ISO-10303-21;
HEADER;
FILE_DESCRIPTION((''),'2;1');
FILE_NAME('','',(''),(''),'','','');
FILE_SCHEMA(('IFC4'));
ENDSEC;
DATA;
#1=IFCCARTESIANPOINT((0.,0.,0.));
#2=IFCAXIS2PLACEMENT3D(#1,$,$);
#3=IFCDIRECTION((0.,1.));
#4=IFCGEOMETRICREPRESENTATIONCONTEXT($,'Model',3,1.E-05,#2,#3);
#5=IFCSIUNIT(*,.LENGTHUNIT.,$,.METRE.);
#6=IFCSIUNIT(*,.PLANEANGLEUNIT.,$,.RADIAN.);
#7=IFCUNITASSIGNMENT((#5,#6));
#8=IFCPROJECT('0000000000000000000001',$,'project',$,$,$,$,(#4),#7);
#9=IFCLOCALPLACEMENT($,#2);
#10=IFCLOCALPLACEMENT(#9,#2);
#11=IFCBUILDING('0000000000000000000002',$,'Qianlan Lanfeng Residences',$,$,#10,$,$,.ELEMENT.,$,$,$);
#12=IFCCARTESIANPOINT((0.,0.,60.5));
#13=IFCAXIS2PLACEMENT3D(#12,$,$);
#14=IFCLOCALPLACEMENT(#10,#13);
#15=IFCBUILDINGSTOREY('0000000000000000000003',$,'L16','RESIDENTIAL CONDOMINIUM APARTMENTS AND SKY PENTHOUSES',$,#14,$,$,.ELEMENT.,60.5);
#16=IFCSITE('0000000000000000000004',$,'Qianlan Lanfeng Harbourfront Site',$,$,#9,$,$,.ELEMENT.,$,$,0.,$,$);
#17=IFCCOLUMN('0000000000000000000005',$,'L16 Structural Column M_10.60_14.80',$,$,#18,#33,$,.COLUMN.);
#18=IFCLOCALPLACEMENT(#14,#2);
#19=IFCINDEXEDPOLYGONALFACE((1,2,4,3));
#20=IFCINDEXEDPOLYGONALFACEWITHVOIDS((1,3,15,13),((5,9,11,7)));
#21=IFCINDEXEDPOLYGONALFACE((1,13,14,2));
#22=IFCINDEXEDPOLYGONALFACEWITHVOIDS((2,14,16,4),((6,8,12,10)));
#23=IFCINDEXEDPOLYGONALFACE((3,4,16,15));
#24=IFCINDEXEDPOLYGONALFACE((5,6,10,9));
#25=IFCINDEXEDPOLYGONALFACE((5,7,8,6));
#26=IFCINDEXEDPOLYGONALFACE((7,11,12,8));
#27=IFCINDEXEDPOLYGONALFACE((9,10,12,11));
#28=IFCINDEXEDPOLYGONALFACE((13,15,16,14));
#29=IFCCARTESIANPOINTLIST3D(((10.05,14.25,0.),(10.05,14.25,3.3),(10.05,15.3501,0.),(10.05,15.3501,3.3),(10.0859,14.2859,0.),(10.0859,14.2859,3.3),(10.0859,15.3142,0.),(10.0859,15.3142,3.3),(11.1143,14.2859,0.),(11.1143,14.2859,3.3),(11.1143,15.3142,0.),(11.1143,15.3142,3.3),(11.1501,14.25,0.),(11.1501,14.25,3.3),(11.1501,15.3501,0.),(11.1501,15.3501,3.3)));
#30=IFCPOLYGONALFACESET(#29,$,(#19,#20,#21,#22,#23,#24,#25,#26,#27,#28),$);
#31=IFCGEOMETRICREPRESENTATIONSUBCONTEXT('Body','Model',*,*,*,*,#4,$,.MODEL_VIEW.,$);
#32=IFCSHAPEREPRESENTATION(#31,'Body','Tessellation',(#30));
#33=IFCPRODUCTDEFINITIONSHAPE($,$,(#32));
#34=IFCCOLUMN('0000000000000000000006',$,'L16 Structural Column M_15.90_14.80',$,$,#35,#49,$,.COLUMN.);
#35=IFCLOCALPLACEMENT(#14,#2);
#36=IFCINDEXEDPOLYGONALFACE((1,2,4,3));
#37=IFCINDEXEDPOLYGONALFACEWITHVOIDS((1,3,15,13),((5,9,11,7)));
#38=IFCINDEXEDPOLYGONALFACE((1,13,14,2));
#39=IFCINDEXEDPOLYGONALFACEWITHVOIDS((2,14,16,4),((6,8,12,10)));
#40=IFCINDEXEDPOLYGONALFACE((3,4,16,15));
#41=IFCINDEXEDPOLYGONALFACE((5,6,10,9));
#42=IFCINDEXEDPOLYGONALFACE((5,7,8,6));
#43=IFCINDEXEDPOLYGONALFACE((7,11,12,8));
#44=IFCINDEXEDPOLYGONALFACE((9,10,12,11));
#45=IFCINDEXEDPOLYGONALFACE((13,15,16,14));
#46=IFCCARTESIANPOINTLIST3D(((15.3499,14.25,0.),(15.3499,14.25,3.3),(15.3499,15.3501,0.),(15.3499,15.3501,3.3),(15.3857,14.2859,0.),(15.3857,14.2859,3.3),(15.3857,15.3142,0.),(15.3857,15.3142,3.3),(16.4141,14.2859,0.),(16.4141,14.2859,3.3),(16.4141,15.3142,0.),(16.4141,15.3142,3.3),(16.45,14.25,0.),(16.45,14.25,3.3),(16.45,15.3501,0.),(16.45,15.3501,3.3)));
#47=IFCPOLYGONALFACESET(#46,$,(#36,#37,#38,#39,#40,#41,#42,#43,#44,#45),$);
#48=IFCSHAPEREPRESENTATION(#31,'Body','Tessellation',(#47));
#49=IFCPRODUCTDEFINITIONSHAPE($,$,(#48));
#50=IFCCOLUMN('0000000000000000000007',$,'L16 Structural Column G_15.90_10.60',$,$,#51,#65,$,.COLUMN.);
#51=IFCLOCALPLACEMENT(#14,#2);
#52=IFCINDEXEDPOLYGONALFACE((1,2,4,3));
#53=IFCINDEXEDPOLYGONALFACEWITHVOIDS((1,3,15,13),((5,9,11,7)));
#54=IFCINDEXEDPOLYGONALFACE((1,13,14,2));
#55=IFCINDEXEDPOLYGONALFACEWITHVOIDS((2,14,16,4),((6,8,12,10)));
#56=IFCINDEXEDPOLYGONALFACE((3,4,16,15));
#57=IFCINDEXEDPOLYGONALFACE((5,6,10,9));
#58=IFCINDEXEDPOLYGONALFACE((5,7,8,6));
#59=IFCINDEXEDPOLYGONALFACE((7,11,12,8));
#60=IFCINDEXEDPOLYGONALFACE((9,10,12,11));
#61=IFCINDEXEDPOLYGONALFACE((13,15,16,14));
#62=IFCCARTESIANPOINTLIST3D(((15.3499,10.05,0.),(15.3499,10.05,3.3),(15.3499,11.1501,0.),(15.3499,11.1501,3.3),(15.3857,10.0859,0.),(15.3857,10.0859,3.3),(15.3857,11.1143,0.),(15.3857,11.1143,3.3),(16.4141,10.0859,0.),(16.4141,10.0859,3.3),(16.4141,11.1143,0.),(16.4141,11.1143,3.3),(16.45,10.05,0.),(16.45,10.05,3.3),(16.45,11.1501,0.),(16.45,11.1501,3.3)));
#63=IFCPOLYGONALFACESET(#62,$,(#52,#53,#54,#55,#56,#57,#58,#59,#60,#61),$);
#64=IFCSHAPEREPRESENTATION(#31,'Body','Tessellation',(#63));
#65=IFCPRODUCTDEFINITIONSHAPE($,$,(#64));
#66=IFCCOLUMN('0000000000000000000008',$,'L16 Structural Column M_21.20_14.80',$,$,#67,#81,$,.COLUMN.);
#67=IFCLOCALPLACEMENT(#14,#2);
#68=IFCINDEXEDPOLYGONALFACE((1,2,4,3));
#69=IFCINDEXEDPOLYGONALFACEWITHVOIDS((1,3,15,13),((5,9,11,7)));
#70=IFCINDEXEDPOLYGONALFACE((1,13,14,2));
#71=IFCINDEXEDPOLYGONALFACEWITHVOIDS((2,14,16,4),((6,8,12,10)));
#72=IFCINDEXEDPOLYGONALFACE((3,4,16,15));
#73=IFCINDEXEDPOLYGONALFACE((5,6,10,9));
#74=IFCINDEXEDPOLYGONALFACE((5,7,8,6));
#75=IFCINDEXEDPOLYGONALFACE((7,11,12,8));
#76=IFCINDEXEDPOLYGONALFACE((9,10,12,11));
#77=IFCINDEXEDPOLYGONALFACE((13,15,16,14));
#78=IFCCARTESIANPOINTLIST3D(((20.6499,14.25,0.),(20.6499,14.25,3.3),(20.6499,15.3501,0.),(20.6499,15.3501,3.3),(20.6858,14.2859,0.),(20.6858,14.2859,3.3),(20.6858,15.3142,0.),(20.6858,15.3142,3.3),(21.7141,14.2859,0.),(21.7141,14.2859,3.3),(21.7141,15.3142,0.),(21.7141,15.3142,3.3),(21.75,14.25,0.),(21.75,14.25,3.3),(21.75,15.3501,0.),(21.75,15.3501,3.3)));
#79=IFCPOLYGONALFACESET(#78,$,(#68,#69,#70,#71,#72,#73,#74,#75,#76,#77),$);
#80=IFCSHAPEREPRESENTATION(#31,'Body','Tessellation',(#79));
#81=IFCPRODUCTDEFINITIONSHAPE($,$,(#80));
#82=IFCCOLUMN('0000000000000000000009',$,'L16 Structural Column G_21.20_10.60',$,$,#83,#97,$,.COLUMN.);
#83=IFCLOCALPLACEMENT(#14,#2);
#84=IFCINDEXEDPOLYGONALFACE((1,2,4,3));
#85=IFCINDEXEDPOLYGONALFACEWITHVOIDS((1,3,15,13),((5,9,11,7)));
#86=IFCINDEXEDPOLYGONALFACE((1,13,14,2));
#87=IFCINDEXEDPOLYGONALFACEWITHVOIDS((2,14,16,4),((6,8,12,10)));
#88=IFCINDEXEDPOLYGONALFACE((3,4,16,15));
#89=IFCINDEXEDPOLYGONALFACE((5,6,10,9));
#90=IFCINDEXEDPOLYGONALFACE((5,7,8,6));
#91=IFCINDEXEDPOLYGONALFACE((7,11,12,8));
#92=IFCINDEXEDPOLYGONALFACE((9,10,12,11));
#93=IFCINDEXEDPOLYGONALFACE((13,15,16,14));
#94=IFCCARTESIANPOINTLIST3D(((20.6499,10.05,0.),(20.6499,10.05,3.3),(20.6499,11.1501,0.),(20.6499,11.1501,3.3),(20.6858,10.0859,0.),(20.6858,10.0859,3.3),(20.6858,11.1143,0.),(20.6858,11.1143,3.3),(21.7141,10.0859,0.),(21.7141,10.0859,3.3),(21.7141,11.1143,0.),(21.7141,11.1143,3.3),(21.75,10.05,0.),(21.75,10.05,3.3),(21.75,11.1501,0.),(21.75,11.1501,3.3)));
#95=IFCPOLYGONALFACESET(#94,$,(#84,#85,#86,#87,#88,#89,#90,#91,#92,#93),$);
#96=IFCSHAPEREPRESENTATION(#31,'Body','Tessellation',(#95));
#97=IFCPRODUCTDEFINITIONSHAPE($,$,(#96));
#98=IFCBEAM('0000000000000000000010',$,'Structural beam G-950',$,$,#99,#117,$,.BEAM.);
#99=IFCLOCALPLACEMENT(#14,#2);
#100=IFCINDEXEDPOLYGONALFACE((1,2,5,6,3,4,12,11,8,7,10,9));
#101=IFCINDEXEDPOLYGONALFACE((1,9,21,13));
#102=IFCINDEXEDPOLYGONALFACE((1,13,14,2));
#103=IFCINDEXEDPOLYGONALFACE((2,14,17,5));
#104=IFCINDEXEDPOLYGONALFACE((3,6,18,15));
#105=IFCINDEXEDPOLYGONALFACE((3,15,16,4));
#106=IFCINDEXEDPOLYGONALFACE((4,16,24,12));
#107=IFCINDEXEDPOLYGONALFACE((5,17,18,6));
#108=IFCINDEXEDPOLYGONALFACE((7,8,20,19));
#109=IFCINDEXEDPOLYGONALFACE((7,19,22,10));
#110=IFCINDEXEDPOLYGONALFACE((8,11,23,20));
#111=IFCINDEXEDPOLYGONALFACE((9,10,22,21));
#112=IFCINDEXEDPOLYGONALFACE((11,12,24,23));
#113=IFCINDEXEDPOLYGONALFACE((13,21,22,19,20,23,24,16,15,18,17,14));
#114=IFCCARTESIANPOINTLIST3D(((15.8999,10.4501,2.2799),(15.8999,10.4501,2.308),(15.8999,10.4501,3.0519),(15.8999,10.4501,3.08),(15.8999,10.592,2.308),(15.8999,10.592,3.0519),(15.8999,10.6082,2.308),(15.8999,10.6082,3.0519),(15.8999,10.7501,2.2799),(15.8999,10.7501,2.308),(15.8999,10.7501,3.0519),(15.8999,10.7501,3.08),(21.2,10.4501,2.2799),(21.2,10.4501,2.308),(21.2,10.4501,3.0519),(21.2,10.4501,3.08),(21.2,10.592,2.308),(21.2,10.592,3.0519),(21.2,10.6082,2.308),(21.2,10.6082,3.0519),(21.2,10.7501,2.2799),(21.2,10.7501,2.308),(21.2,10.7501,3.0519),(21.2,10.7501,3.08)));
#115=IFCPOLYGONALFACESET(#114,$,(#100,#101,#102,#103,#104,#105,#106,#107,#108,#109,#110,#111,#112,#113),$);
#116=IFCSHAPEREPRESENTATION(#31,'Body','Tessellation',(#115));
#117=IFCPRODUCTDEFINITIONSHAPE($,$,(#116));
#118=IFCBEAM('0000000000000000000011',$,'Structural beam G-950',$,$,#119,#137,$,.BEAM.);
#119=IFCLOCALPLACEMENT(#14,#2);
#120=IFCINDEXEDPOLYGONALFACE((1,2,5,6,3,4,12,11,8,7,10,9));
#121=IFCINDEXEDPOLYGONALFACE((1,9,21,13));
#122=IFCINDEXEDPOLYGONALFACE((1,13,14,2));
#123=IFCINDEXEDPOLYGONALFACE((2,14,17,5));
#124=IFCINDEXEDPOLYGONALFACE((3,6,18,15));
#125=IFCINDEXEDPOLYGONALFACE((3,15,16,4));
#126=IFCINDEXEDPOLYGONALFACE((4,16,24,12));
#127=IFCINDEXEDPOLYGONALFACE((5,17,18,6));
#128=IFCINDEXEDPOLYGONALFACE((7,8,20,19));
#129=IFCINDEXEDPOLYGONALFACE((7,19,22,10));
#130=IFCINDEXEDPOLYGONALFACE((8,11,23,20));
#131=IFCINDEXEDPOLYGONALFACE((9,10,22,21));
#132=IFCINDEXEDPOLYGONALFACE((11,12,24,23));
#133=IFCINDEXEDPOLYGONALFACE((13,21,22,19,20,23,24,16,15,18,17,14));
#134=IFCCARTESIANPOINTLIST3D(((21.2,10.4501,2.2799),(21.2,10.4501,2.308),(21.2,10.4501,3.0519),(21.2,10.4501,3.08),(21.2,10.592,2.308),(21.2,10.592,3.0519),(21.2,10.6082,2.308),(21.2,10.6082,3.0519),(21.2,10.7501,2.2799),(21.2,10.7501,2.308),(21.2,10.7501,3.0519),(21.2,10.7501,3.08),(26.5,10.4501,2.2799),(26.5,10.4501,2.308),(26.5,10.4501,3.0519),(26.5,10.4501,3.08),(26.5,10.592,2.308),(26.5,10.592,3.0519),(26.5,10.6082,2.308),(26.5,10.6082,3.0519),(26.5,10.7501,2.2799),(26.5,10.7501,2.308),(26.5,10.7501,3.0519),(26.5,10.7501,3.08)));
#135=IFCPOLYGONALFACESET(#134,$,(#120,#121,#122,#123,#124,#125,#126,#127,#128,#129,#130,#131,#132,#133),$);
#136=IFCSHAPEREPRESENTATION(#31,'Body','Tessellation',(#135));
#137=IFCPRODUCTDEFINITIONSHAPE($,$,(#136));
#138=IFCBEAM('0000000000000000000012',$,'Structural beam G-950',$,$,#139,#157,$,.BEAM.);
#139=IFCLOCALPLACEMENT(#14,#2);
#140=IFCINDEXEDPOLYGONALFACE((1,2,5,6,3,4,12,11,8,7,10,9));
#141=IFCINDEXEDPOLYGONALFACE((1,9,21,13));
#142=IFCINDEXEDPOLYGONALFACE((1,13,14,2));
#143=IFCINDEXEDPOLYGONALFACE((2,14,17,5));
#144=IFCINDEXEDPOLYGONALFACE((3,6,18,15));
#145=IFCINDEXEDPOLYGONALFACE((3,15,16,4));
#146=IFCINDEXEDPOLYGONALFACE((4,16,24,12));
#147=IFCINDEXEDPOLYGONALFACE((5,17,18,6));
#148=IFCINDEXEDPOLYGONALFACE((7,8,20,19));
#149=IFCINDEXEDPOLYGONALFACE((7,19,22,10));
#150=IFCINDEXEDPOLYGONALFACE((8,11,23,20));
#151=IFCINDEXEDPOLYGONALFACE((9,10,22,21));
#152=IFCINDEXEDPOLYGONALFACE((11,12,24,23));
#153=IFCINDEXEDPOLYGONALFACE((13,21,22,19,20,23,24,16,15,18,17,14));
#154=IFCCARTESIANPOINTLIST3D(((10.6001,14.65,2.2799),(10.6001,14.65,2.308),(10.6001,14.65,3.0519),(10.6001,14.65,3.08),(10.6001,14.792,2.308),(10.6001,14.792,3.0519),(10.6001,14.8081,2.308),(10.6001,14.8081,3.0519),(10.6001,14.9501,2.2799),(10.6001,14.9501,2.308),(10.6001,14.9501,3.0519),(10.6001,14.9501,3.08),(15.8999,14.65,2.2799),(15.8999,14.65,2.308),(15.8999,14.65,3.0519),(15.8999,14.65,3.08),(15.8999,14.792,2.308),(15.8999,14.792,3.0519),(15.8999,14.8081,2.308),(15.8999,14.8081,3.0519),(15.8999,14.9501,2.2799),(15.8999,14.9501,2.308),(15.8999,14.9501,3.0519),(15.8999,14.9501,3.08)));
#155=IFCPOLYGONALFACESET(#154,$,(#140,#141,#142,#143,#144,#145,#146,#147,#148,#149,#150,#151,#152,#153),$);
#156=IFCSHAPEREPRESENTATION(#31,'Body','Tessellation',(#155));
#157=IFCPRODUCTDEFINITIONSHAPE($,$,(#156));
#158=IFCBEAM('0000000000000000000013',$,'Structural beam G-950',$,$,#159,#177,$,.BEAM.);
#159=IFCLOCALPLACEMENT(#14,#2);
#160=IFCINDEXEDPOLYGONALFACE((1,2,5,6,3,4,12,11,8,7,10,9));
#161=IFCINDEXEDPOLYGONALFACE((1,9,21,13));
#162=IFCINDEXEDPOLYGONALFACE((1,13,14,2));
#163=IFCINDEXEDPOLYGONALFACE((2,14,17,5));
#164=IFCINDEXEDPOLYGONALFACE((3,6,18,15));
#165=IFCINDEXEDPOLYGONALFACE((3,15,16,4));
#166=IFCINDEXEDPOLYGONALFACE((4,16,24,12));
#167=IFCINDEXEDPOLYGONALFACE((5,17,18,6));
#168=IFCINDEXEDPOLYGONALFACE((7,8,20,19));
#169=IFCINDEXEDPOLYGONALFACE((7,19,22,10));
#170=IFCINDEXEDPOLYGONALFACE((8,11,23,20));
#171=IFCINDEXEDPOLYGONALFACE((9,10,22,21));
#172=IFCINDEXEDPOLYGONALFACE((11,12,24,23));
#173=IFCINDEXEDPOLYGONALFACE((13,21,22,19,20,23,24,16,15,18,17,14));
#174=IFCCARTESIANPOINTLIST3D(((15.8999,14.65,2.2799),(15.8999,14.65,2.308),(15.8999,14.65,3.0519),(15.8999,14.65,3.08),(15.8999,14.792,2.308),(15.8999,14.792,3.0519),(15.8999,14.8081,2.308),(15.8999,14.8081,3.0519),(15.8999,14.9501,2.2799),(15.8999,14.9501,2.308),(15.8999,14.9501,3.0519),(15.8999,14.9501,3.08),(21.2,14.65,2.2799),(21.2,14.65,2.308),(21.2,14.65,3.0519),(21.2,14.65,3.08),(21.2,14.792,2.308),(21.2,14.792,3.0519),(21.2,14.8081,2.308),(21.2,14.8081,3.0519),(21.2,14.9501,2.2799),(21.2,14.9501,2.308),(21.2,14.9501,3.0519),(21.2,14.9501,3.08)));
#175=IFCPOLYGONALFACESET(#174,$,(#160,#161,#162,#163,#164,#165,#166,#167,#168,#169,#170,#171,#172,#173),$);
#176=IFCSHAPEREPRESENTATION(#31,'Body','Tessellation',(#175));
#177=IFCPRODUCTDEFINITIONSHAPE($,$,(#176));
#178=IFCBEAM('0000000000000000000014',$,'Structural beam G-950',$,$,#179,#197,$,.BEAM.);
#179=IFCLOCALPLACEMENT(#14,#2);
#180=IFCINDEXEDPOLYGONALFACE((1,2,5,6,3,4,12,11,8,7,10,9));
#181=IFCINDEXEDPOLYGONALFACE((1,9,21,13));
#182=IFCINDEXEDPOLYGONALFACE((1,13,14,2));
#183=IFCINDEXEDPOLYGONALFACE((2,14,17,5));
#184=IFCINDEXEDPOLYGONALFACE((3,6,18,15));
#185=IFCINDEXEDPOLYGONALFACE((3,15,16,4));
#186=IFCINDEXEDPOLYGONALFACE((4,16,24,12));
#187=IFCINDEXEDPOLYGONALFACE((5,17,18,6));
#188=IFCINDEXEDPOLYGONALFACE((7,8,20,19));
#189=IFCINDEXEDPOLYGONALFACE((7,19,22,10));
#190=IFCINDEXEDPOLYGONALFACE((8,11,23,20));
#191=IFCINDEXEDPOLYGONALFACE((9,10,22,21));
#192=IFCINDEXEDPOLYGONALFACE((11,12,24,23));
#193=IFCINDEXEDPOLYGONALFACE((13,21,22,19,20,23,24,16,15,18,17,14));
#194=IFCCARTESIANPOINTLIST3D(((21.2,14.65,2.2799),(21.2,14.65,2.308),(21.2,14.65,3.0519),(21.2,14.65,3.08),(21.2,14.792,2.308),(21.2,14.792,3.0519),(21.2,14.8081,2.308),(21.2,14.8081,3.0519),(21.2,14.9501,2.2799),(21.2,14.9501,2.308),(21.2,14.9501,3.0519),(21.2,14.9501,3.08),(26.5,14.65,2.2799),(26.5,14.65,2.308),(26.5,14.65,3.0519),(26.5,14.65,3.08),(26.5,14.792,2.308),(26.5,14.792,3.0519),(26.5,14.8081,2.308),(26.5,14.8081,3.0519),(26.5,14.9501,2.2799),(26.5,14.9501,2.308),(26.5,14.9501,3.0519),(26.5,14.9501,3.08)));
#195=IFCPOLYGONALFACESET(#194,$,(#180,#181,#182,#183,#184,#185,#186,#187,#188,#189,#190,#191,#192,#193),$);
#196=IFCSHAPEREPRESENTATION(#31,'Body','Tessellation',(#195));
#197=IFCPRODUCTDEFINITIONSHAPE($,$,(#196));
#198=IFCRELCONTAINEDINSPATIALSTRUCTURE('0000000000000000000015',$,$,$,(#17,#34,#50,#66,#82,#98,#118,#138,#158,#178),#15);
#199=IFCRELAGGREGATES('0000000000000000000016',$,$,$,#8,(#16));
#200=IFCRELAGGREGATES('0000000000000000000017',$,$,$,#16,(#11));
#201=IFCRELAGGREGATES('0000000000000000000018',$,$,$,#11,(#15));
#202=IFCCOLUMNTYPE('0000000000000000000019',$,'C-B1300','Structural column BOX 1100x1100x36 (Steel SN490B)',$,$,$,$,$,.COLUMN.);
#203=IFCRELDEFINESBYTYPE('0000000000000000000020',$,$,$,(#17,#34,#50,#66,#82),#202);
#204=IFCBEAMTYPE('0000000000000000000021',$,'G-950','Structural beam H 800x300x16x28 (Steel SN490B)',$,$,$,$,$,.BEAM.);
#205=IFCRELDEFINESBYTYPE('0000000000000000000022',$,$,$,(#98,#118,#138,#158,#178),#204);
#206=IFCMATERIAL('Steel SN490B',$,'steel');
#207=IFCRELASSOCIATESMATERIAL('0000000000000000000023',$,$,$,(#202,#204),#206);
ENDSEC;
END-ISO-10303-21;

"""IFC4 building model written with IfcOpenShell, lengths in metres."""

from ifc_helpers import new_model, si_unit, direction, frame, origin, origin_2d, place, context, subcontext, project, spatial, hollow_rectangle, i_section, extrude, material, material_profile, profile_set, type_object, element, save


model = new_model("IFC4")

# Units and contexts
model_context = context("Model", 3, precision=1e-05, world=origin(), true_north=direction((0.0, 1.0)))
body_context = subcontext(model_context, "Body", "Model", "MODEL_VIEW")
ifc_project = project(units=[si_unit("LENGTHUNIT", "METRE"), si_unit("PLANEANGLEUNIT", "RADIAN")], contexts=[model_context])

# Site, building, storey
site_placement = place(None, origin())
site = spatial("IfcSite", under=ifc_project, at=site_placement, Name="Qianlan Lanfeng Harbourfront Site", CompositionType="ELEMENT", RefElevation=0.0)
building_placement = place(site_placement, origin())
building = spatial("IfcBuilding", under=site, at=building_placement, Name="Qianlan Lanfeng Residences", CompositionType="ELEMENT")
storey_placement = place(building_placement, frame((0.0, 0.0, 60.5)))
storey = spatial("IfcBuildingStorey", under=building, at=storey_placement, Name="L16", Description="RESIDENTIAL CONDOMINIUM APARTMENTS AND SKY PENTHOUSES", CompositionType="ELEMENT", Elevation=60.5)

# Columns
ifc_material_1 = material(Name="Steel SN490B", Category="steel")
ifc_material_profile_1 = material_profile(ifc_material_1, hollow_rectangle(XDim=1.1001, YDim=1.1001, WallThickness=0.0359, at=origin_2d()), Name="BOX 1100x1100x36")
ifc_profile_set_1 = profile_set([ifc_material_profile_1], Name="Steel SN490B")
column_type = type_object("IfcColumnType", Name="C-B1300", Description="Structural column BOX 1100x1100x36 (Steel SN490B)", PredefinedType="COLUMN", material=ifc_profile_set_1)
for number, where, z_axis, x_axis, name in (
    (1, (10.6001, 14.8, 0.0), (0.0, 0.0, 1.0), (1.0, 0.0, 0.0), "L16 Structural Column M_10.60_14.80"),
    (2, (15.8999, 14.8, 0.0), (0.0, 0.0, 1.0), (1.0, 0.0, 0.0), "L16 Structural Column M_15.90_14.80"),
    (3, (15.8999, 10.6001, 0.0), (0.0, 0.0, 1.0), (1.0, 0.0, 0.0), "L16 Structural Column G_15.90_10.60"),
    (4, (21.2, 14.8, 0.0), (0.0, 0.0, 1.0), (1.0, 0.0, 0.0), "L16 Structural Column M_21.20_14.80"),
    (5, (21.2, 10.6001, 0.0), (0.0, 0.0, 1.0), (1.0, 0.0, 0.0), "L16 Structural Column G_21.20_10.60"),
):
    element("IfcColumn", number, at=place(storey_placement, frame(where, z_axis=z_axis, x_axis=x_axis)), inside=storey, type_object=column_type, Name=name, PredefinedType="COLUMN", context=body_context, shape_type="SweptSolid", body=[
        extrude(hollow_rectangle(XDim=1.1001, YDim=1.1001, WallThickness=0.0359, at=origin_2d()), origin(), (0.0, 0.0, 1.0), 3.3),
    ])

# Beams
ifc_material_profile_2 = material_profile(ifc_material_1, i_section(OverallWidth=0.3, OverallDepth=0.8, WebThickness=0.0161, FlangeThickness=0.0281, at=origin_2d()), Name="H 800x300x16x28")
ifc_profile_set_2 = profile_set([ifc_material_profile_2], Name="Steel SN490B")
beam_type_1 = type_object("IfcBeamType", Name="G-950", Description="Structural beam H 800x300x16x28 (Steel SN490B)", PredefinedType="BEAM", material=ifc_profile_set_2)
for number, where, z_axis, x_axis, name in (
    (6, (15.8999, 10.6001, 2.6799), (1.0, 0.0, 0.0), (0.0, 1.0, 0.0), "Structural beam G-950"),
    (7, (21.2, 10.6001, 2.6799), (1.0, 0.0, 0.0), (0.0, 1.0, 0.0), "Structural beam G-950"),
):
    element("IfcBeam", number, at=place(storey_placement, frame(where, z_axis=z_axis, x_axis=x_axis)), inside=storey, type_object=beam_type_1, Name=name, PredefinedType="BEAM", context=body_context, shape_type="SweptSolid", body=[
        extrude(i_section(OverallWidth=0.3, OverallDepth=0.8, WebThickness=0.0161, FlangeThickness=0.0281, at=origin_2d()), origin(), (0.0, 0.0, 1.0), 5.3),
    ])
beam_1_placement = place(storey_placement, frame((10.6001, 14.8, 2.6799), z_axis=(1.0, 0.0, 0.0), x_axis=(0.0, 1.0, 0.0)))
element("IfcBeam", 8, at=beam_1_placement, inside=storey, type_object=beam_type_1, Name="Structural beam G-950", PredefinedType="BEAM", context=body_context, shape_type="SweptSolid", body=[
    extrude(i_section(OverallWidth=0.3, OverallDepth=0.8, WebThickness=0.0161, FlangeThickness=0.0281, at=origin_2d()), origin(), (0.0, 0.0, 1.0), 5.2998),
])
for number, where, z_axis, x_axis, name in (
    (9, (15.8999, 14.8, 2.6799), (1.0, 0.0, 0.0), (0.0, 1.0, 0.0), "Structural beam G-950"),
    (10, (21.2, 14.8, 2.6799), (1.0, 0.0, 0.0), (0.0, 1.0, 0.0), "Structural beam G-950"),
):
    element("IfcBeam", number, at=place(storey_placement, frame(where, z_axis=z_axis, x_axis=x_axis)), inside=storey, type_object=beam_type_1, Name=name, PredefinedType="BEAM", context=body_context, shape_type="SweptSolid", body=[
        extrude(i_section(OverallWidth=0.3, OverallDepth=0.8, WebThickness=0.0161, FlangeThickness=0.0281, at=origin_2d()), origin(), (0.0, 0.0, 1.0), 5.3),
    ])

save(model, "model.ifc")
